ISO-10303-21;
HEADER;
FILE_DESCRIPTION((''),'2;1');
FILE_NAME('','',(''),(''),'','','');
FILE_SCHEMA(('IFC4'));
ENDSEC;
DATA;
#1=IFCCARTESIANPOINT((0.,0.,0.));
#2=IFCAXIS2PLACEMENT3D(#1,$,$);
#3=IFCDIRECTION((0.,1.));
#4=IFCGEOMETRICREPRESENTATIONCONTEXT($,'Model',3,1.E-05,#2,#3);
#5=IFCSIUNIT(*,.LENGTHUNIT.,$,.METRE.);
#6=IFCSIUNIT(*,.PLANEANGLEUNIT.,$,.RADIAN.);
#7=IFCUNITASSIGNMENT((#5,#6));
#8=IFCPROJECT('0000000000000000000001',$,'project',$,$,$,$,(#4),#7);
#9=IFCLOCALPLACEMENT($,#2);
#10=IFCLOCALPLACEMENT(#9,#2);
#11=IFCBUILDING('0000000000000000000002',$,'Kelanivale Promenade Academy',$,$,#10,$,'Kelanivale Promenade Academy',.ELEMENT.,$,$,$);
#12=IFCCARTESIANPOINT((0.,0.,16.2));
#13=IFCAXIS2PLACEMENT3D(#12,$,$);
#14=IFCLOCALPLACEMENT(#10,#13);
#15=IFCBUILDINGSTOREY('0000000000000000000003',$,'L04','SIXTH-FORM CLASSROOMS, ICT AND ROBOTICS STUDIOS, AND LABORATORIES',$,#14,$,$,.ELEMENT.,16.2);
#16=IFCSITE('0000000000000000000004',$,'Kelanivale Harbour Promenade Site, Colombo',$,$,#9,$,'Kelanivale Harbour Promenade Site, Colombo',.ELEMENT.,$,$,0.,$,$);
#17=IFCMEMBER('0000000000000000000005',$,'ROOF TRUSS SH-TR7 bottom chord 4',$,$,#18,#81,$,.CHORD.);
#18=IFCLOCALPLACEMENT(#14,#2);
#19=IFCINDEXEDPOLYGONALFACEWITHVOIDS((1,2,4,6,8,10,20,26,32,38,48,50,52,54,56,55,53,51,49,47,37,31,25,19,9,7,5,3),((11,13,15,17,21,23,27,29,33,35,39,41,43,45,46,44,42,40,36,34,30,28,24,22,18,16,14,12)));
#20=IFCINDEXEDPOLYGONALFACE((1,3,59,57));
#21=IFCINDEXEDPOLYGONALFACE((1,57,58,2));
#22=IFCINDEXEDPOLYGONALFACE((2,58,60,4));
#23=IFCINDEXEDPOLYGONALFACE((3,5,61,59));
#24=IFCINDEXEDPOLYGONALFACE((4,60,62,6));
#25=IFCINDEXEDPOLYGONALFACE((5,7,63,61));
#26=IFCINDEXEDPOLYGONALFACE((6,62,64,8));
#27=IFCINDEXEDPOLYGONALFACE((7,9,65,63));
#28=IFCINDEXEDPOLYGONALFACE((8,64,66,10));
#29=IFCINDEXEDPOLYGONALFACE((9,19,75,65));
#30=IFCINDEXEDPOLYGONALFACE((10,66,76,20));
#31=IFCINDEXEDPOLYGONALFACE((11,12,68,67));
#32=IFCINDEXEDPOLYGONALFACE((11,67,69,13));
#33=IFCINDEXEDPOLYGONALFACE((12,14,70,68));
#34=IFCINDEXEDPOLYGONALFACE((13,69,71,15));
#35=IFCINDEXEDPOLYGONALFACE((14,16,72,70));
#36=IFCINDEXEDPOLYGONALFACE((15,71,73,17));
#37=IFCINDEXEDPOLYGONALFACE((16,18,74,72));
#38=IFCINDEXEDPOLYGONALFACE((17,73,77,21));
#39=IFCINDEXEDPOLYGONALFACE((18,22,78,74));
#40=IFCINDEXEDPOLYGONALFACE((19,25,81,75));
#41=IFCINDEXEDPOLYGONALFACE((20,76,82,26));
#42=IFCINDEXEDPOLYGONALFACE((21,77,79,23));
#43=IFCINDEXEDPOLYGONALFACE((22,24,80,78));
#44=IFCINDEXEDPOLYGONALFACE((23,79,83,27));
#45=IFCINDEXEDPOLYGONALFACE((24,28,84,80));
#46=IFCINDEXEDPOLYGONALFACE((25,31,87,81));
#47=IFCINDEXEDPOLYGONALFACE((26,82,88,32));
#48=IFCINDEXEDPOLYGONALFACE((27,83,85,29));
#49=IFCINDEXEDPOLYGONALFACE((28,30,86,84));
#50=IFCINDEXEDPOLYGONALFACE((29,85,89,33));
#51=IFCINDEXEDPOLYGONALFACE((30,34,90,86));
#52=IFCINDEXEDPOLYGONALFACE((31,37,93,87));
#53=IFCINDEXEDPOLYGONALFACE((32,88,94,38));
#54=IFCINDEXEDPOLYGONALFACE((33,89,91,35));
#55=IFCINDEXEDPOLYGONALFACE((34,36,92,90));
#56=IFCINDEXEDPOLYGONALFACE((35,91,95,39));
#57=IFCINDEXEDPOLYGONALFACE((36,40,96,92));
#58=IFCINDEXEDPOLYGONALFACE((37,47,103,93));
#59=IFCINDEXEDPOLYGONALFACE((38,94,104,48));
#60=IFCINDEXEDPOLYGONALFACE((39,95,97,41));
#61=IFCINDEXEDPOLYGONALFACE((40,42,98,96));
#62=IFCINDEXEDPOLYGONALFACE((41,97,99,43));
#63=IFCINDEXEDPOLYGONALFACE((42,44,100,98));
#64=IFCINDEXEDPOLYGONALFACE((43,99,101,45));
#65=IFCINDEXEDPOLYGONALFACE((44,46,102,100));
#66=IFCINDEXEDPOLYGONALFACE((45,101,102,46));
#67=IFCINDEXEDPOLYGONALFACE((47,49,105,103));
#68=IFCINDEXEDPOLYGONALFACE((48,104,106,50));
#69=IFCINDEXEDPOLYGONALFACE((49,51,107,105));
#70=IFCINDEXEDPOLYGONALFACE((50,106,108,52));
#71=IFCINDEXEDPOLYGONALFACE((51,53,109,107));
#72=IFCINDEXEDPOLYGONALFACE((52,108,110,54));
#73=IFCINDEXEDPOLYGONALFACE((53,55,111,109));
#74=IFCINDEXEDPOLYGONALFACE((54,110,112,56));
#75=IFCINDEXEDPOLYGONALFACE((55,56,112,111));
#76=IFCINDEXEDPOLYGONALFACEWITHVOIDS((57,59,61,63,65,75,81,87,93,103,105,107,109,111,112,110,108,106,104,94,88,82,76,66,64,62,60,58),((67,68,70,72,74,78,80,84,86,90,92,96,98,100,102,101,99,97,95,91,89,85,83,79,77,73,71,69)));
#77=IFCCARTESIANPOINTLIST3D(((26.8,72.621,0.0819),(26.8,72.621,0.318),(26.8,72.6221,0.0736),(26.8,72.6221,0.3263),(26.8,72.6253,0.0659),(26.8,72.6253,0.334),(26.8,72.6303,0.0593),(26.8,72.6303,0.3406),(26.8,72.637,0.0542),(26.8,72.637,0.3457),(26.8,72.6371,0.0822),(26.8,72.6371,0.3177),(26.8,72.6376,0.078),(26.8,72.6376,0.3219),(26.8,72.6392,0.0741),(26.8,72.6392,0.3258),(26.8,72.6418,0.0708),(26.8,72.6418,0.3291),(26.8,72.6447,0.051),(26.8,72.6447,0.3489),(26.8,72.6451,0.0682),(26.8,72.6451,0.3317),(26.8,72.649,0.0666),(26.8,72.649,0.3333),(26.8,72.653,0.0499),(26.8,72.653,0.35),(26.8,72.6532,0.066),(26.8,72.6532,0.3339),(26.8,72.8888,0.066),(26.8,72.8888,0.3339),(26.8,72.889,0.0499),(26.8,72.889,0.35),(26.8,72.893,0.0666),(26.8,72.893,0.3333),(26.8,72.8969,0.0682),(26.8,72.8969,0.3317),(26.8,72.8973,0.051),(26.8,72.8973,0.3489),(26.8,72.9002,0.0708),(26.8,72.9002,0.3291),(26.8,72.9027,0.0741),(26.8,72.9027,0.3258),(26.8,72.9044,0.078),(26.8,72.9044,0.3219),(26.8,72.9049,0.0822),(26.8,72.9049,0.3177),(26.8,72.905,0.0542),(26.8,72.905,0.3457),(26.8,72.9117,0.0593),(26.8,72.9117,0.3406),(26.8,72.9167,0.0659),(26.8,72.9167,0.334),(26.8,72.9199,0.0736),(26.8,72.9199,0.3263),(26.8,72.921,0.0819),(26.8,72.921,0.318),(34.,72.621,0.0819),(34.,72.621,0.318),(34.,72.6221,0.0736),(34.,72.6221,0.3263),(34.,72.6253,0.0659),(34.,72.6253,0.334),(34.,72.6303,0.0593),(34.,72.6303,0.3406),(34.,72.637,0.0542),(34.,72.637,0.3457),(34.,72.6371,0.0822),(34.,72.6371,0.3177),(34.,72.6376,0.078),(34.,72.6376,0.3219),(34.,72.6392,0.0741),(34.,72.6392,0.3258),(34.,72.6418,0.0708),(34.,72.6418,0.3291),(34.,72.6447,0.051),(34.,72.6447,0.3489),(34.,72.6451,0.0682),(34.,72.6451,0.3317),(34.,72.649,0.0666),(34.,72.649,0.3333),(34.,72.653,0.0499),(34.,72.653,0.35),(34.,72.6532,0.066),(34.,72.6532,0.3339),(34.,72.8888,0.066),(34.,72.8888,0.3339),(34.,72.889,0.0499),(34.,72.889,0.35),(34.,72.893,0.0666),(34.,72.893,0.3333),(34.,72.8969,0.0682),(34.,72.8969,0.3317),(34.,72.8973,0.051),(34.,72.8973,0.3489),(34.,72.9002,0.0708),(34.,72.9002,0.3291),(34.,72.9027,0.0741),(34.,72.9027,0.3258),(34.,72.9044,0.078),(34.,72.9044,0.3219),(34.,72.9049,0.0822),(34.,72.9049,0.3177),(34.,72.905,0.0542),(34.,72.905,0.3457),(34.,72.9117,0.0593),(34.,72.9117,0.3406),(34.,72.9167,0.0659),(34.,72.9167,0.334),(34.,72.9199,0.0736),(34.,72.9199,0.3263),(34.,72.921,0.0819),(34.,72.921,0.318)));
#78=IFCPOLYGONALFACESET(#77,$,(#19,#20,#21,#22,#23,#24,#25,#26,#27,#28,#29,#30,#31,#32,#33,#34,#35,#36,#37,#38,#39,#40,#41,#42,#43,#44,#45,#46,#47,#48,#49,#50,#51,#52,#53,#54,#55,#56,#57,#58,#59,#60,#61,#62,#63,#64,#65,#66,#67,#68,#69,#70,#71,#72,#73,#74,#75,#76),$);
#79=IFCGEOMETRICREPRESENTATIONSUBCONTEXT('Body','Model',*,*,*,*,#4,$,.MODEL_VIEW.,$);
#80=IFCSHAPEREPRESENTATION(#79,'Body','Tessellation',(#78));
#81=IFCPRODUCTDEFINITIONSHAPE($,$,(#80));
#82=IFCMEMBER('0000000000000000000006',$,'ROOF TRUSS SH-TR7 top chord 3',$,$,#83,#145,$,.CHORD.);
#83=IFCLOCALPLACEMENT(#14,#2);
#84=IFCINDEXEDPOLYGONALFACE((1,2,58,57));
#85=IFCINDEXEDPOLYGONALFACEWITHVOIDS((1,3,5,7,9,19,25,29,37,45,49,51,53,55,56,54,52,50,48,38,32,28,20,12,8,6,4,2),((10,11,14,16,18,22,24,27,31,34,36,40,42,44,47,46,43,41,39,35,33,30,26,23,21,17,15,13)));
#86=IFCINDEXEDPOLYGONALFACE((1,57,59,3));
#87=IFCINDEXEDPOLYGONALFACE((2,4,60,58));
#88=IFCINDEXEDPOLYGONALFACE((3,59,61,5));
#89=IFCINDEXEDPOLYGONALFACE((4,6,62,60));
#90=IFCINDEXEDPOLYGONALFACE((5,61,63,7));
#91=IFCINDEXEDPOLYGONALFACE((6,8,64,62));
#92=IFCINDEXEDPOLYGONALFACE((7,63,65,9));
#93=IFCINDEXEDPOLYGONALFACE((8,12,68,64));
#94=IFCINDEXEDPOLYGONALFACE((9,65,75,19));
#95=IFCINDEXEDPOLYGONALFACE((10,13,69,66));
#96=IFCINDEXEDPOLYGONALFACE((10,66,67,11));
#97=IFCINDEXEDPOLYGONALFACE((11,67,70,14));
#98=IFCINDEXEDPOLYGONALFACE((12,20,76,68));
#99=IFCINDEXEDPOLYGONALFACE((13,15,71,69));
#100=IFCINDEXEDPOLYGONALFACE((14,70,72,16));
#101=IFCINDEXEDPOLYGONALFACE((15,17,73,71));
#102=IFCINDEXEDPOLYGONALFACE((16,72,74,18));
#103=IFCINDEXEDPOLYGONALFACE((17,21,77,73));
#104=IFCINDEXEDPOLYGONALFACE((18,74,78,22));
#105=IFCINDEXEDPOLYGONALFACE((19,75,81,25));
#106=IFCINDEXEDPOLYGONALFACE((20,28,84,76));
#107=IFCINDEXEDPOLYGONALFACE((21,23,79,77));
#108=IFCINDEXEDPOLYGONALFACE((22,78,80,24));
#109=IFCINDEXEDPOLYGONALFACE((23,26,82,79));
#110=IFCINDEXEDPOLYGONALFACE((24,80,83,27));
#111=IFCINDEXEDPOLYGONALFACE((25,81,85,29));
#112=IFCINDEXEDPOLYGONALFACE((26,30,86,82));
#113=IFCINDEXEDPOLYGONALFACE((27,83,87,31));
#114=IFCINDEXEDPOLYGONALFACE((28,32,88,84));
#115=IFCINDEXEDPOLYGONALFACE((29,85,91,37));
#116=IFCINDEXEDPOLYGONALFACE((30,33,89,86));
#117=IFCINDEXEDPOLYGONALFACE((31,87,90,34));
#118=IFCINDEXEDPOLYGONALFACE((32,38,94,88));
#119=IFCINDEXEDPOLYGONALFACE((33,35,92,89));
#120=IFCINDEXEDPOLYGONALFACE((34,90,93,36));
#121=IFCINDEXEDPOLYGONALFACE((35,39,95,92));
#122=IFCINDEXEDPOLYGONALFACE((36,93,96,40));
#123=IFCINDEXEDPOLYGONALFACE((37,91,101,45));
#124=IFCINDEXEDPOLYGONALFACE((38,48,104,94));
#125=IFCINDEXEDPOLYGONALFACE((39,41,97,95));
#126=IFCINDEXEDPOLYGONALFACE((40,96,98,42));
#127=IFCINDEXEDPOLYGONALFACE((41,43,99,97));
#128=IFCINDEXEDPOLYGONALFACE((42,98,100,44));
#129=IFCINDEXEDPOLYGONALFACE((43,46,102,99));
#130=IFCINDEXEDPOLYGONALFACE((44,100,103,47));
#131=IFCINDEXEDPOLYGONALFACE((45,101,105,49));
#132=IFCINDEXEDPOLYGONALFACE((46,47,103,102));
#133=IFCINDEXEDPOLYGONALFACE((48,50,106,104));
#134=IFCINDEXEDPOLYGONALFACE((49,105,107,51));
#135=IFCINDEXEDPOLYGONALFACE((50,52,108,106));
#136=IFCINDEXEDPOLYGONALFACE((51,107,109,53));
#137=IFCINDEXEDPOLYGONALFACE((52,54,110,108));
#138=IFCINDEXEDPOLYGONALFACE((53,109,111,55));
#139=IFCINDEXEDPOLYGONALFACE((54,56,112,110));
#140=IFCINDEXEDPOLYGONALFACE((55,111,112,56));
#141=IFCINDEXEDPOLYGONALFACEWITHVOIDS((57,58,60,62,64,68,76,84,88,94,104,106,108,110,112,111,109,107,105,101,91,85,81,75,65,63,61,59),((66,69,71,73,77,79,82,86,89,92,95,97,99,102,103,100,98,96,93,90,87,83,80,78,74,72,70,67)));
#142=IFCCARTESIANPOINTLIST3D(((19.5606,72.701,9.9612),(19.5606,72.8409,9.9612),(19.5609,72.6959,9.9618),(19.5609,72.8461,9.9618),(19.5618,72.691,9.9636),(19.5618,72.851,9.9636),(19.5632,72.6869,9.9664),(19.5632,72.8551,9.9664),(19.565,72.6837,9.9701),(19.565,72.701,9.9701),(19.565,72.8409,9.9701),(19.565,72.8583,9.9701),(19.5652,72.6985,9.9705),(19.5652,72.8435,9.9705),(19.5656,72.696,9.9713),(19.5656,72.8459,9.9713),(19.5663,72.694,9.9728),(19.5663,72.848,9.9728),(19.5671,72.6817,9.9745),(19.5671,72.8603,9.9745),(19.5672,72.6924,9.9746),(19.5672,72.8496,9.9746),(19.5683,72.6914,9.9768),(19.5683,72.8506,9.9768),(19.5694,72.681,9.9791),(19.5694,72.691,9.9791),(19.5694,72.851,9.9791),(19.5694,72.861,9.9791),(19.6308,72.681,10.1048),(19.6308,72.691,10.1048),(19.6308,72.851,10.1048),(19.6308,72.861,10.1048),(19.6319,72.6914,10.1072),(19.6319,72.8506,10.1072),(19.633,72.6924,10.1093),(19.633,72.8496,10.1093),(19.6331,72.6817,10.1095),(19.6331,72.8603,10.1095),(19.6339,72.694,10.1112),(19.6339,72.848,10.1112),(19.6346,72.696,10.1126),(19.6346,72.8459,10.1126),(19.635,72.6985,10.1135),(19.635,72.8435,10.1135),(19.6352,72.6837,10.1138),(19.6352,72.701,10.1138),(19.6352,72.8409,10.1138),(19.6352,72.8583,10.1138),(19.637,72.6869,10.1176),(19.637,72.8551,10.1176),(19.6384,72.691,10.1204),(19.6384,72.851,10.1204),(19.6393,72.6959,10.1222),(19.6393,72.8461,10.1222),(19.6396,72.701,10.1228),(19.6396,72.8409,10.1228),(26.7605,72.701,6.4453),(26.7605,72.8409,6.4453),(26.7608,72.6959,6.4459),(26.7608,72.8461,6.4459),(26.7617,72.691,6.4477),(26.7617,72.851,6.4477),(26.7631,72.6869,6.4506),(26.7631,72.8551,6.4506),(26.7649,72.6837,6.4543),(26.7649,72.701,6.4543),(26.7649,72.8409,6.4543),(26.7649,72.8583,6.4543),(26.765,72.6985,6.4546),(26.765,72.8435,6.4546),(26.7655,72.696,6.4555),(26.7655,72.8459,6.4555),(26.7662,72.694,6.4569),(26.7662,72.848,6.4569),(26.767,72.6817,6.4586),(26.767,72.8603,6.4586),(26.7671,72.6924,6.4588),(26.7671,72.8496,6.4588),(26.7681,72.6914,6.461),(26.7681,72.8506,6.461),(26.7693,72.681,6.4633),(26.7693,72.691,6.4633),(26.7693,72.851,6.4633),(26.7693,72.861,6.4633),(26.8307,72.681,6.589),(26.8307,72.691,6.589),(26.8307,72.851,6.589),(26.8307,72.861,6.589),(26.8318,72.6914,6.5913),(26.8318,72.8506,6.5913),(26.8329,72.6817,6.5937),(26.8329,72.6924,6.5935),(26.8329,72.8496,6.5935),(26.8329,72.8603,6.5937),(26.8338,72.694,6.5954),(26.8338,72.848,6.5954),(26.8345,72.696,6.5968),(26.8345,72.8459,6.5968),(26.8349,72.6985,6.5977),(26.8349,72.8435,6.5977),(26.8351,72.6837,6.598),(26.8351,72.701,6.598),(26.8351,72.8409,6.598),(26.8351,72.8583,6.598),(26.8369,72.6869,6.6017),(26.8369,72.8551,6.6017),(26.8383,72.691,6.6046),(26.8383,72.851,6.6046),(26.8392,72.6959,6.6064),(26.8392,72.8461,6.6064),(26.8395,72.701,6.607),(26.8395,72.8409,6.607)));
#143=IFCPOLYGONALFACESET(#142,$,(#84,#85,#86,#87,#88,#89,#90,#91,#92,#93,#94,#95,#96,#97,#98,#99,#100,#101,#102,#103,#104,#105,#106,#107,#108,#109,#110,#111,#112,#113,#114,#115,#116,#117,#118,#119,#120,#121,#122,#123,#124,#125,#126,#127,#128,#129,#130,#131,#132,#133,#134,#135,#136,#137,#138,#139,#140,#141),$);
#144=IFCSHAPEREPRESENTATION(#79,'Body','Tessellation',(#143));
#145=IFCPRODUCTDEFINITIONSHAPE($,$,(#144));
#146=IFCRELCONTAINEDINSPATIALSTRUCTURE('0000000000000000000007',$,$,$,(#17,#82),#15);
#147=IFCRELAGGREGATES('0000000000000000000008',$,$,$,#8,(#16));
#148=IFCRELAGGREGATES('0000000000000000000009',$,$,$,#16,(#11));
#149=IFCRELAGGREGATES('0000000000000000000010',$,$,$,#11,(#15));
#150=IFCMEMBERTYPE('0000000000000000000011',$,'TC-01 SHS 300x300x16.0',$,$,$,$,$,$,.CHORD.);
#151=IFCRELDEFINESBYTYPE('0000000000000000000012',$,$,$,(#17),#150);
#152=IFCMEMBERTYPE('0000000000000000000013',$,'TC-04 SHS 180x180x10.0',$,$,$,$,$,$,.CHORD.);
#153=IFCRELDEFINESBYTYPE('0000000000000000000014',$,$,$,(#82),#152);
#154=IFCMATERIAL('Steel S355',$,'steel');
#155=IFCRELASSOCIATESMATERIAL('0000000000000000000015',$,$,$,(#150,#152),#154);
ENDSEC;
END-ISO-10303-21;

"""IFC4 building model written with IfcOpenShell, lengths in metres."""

from ifc_helpers import new_model, si_unit, direction, frame, origin, origin_2d, place, context, subcontext, project, spatial, hollow_rectangle, extrude, material, material_profile, profile_set, type_object, element, save


model = new_model("IFC4")

# Units and contexts
model_context = context("Model", 3, precision=1e-05, world=origin(), true_north=direction((0.0, 1.0)))
body_context = subcontext(model_context, "Body", "Model", "MODEL_VIEW")
ifc_project = project(units=[si_unit("LENGTHUNIT", "METRE"), si_unit("PLANEANGLEUNIT", "RADIAN")], contexts=[model_context])

# Site, building, storey
site_placement = place(None, origin())
site = spatial("IfcSite", under=ifc_project, at=site_placement, Name="Kelanivale Harbour Promenade Site, Colombo", LongName="Kelanivale Harbour Promenade Site, Colombo", CompositionType="ELEMENT", RefElevation=0.0)
building_placement = place(site_placement, origin())
building = spatial("IfcBuilding", under=site, at=building_placement, Name="Kelanivale Promenade Academy", LongName="Kelanivale Promenade Academy", CompositionType="ELEMENT")
storey_placement = place(building_placement, frame((0.0, 0.0, 16.2)))
storey = spatial("IfcBuildingStorey", under=building, at=storey_placement, Name="L04", Description="SIXTH-FORM CLASSROOMS, ICT AND ROBOTICS STUDIOS, AND LABORATORIES", CompositionType="ELEMENT", Elevation=16.2)

# Members
ifc_material_1 = material(Name="Steel S355", Category="steel")
ifc_material_profile_1 = material_profile(ifc_material_1, hollow_rectangle(XDim=0.3, YDim=0.3, WallThickness=0.0161, InnerFilletRadius=0.0161, OuterFilletRadius=0.032, at=origin_2d()), Name="SHS 300x300x16.0")
ifc_profile_set_1 = profile_set([ifc_material_profile_1], Name="Steel S355")
member_type_1 = type_object("IfcMemberType", Name="TC-01 SHS 300x300x16.0", PredefinedType="CHORD", material=ifc_profile_set_1)
for number, where, z_axis, x_axis, name in (
    (1, (26.8, 72.771, 0.2), (1.0, 0.0, 0.0), (0.0, 1.0, 0.0), "ROOF TRUSS SH-TR7 bottom chord 4"),
):
    element("IfcMember", number, at=place(storey_placement, frame(where, z_axis=z_axis, x_axis=x_axis)), inside=storey, type_object=member_type_1, Name=name, PredefinedType="CHORD", context=body_context, shape_type="SweptSolid", body=[
        extrude(hollow_rectangle(XDim=0.3, YDim=0.3, WallThickness=0.0161, InnerFilletRadius=0.0161, OuterFilletRadius=0.032, at=origin_2d()), origin(), (0.0, 0.0, 1.0), 7.2),
    ])
ifc_material_profile_2 = material_profile(ifc_material_1, hollow_rectangle(XDim=0.1799, YDim=0.1799, WallThickness=0.01, InnerFilletRadius=0.01, OuterFilletRadius=0.02, at=origin_2d()), Name="SHS 180x180x10.0")
ifc_profile_set_2 = profile_set([ifc_material_profile_2], Name="Steel S355")
member_type_2 = type_object("IfcMemberType", Name="TC-04 SHS 180x180x10.0", PredefinedType="CHORD", material=ifc_profile_set_2)
member_1_placement = place(storey_placement, frame((19.6001, 72.771, 10.042), z_axis=(0.898587, 0.0, -0.438796), x_axis=(0.0, 1.0, 0.0)))
element("IfcMember", 2, at=member_1_placement, inside=storey, type_object=member_type_2, Name="ROOF TRUSS SH-TR7 top chord 3", PredefinedType="CHORD", context=body_context, shape_type="SweptSolid", body=[
    extrude(hollow_rectangle(XDim=0.1799, YDim=0.1799, WallThickness=0.01, InnerFilletRadius=0.01, OuterFilletRadius=0.02, at=origin_2d()), origin(), (0.0, 0.0, 1.0), 8.0125),
])

save(model, "model.ifc")
